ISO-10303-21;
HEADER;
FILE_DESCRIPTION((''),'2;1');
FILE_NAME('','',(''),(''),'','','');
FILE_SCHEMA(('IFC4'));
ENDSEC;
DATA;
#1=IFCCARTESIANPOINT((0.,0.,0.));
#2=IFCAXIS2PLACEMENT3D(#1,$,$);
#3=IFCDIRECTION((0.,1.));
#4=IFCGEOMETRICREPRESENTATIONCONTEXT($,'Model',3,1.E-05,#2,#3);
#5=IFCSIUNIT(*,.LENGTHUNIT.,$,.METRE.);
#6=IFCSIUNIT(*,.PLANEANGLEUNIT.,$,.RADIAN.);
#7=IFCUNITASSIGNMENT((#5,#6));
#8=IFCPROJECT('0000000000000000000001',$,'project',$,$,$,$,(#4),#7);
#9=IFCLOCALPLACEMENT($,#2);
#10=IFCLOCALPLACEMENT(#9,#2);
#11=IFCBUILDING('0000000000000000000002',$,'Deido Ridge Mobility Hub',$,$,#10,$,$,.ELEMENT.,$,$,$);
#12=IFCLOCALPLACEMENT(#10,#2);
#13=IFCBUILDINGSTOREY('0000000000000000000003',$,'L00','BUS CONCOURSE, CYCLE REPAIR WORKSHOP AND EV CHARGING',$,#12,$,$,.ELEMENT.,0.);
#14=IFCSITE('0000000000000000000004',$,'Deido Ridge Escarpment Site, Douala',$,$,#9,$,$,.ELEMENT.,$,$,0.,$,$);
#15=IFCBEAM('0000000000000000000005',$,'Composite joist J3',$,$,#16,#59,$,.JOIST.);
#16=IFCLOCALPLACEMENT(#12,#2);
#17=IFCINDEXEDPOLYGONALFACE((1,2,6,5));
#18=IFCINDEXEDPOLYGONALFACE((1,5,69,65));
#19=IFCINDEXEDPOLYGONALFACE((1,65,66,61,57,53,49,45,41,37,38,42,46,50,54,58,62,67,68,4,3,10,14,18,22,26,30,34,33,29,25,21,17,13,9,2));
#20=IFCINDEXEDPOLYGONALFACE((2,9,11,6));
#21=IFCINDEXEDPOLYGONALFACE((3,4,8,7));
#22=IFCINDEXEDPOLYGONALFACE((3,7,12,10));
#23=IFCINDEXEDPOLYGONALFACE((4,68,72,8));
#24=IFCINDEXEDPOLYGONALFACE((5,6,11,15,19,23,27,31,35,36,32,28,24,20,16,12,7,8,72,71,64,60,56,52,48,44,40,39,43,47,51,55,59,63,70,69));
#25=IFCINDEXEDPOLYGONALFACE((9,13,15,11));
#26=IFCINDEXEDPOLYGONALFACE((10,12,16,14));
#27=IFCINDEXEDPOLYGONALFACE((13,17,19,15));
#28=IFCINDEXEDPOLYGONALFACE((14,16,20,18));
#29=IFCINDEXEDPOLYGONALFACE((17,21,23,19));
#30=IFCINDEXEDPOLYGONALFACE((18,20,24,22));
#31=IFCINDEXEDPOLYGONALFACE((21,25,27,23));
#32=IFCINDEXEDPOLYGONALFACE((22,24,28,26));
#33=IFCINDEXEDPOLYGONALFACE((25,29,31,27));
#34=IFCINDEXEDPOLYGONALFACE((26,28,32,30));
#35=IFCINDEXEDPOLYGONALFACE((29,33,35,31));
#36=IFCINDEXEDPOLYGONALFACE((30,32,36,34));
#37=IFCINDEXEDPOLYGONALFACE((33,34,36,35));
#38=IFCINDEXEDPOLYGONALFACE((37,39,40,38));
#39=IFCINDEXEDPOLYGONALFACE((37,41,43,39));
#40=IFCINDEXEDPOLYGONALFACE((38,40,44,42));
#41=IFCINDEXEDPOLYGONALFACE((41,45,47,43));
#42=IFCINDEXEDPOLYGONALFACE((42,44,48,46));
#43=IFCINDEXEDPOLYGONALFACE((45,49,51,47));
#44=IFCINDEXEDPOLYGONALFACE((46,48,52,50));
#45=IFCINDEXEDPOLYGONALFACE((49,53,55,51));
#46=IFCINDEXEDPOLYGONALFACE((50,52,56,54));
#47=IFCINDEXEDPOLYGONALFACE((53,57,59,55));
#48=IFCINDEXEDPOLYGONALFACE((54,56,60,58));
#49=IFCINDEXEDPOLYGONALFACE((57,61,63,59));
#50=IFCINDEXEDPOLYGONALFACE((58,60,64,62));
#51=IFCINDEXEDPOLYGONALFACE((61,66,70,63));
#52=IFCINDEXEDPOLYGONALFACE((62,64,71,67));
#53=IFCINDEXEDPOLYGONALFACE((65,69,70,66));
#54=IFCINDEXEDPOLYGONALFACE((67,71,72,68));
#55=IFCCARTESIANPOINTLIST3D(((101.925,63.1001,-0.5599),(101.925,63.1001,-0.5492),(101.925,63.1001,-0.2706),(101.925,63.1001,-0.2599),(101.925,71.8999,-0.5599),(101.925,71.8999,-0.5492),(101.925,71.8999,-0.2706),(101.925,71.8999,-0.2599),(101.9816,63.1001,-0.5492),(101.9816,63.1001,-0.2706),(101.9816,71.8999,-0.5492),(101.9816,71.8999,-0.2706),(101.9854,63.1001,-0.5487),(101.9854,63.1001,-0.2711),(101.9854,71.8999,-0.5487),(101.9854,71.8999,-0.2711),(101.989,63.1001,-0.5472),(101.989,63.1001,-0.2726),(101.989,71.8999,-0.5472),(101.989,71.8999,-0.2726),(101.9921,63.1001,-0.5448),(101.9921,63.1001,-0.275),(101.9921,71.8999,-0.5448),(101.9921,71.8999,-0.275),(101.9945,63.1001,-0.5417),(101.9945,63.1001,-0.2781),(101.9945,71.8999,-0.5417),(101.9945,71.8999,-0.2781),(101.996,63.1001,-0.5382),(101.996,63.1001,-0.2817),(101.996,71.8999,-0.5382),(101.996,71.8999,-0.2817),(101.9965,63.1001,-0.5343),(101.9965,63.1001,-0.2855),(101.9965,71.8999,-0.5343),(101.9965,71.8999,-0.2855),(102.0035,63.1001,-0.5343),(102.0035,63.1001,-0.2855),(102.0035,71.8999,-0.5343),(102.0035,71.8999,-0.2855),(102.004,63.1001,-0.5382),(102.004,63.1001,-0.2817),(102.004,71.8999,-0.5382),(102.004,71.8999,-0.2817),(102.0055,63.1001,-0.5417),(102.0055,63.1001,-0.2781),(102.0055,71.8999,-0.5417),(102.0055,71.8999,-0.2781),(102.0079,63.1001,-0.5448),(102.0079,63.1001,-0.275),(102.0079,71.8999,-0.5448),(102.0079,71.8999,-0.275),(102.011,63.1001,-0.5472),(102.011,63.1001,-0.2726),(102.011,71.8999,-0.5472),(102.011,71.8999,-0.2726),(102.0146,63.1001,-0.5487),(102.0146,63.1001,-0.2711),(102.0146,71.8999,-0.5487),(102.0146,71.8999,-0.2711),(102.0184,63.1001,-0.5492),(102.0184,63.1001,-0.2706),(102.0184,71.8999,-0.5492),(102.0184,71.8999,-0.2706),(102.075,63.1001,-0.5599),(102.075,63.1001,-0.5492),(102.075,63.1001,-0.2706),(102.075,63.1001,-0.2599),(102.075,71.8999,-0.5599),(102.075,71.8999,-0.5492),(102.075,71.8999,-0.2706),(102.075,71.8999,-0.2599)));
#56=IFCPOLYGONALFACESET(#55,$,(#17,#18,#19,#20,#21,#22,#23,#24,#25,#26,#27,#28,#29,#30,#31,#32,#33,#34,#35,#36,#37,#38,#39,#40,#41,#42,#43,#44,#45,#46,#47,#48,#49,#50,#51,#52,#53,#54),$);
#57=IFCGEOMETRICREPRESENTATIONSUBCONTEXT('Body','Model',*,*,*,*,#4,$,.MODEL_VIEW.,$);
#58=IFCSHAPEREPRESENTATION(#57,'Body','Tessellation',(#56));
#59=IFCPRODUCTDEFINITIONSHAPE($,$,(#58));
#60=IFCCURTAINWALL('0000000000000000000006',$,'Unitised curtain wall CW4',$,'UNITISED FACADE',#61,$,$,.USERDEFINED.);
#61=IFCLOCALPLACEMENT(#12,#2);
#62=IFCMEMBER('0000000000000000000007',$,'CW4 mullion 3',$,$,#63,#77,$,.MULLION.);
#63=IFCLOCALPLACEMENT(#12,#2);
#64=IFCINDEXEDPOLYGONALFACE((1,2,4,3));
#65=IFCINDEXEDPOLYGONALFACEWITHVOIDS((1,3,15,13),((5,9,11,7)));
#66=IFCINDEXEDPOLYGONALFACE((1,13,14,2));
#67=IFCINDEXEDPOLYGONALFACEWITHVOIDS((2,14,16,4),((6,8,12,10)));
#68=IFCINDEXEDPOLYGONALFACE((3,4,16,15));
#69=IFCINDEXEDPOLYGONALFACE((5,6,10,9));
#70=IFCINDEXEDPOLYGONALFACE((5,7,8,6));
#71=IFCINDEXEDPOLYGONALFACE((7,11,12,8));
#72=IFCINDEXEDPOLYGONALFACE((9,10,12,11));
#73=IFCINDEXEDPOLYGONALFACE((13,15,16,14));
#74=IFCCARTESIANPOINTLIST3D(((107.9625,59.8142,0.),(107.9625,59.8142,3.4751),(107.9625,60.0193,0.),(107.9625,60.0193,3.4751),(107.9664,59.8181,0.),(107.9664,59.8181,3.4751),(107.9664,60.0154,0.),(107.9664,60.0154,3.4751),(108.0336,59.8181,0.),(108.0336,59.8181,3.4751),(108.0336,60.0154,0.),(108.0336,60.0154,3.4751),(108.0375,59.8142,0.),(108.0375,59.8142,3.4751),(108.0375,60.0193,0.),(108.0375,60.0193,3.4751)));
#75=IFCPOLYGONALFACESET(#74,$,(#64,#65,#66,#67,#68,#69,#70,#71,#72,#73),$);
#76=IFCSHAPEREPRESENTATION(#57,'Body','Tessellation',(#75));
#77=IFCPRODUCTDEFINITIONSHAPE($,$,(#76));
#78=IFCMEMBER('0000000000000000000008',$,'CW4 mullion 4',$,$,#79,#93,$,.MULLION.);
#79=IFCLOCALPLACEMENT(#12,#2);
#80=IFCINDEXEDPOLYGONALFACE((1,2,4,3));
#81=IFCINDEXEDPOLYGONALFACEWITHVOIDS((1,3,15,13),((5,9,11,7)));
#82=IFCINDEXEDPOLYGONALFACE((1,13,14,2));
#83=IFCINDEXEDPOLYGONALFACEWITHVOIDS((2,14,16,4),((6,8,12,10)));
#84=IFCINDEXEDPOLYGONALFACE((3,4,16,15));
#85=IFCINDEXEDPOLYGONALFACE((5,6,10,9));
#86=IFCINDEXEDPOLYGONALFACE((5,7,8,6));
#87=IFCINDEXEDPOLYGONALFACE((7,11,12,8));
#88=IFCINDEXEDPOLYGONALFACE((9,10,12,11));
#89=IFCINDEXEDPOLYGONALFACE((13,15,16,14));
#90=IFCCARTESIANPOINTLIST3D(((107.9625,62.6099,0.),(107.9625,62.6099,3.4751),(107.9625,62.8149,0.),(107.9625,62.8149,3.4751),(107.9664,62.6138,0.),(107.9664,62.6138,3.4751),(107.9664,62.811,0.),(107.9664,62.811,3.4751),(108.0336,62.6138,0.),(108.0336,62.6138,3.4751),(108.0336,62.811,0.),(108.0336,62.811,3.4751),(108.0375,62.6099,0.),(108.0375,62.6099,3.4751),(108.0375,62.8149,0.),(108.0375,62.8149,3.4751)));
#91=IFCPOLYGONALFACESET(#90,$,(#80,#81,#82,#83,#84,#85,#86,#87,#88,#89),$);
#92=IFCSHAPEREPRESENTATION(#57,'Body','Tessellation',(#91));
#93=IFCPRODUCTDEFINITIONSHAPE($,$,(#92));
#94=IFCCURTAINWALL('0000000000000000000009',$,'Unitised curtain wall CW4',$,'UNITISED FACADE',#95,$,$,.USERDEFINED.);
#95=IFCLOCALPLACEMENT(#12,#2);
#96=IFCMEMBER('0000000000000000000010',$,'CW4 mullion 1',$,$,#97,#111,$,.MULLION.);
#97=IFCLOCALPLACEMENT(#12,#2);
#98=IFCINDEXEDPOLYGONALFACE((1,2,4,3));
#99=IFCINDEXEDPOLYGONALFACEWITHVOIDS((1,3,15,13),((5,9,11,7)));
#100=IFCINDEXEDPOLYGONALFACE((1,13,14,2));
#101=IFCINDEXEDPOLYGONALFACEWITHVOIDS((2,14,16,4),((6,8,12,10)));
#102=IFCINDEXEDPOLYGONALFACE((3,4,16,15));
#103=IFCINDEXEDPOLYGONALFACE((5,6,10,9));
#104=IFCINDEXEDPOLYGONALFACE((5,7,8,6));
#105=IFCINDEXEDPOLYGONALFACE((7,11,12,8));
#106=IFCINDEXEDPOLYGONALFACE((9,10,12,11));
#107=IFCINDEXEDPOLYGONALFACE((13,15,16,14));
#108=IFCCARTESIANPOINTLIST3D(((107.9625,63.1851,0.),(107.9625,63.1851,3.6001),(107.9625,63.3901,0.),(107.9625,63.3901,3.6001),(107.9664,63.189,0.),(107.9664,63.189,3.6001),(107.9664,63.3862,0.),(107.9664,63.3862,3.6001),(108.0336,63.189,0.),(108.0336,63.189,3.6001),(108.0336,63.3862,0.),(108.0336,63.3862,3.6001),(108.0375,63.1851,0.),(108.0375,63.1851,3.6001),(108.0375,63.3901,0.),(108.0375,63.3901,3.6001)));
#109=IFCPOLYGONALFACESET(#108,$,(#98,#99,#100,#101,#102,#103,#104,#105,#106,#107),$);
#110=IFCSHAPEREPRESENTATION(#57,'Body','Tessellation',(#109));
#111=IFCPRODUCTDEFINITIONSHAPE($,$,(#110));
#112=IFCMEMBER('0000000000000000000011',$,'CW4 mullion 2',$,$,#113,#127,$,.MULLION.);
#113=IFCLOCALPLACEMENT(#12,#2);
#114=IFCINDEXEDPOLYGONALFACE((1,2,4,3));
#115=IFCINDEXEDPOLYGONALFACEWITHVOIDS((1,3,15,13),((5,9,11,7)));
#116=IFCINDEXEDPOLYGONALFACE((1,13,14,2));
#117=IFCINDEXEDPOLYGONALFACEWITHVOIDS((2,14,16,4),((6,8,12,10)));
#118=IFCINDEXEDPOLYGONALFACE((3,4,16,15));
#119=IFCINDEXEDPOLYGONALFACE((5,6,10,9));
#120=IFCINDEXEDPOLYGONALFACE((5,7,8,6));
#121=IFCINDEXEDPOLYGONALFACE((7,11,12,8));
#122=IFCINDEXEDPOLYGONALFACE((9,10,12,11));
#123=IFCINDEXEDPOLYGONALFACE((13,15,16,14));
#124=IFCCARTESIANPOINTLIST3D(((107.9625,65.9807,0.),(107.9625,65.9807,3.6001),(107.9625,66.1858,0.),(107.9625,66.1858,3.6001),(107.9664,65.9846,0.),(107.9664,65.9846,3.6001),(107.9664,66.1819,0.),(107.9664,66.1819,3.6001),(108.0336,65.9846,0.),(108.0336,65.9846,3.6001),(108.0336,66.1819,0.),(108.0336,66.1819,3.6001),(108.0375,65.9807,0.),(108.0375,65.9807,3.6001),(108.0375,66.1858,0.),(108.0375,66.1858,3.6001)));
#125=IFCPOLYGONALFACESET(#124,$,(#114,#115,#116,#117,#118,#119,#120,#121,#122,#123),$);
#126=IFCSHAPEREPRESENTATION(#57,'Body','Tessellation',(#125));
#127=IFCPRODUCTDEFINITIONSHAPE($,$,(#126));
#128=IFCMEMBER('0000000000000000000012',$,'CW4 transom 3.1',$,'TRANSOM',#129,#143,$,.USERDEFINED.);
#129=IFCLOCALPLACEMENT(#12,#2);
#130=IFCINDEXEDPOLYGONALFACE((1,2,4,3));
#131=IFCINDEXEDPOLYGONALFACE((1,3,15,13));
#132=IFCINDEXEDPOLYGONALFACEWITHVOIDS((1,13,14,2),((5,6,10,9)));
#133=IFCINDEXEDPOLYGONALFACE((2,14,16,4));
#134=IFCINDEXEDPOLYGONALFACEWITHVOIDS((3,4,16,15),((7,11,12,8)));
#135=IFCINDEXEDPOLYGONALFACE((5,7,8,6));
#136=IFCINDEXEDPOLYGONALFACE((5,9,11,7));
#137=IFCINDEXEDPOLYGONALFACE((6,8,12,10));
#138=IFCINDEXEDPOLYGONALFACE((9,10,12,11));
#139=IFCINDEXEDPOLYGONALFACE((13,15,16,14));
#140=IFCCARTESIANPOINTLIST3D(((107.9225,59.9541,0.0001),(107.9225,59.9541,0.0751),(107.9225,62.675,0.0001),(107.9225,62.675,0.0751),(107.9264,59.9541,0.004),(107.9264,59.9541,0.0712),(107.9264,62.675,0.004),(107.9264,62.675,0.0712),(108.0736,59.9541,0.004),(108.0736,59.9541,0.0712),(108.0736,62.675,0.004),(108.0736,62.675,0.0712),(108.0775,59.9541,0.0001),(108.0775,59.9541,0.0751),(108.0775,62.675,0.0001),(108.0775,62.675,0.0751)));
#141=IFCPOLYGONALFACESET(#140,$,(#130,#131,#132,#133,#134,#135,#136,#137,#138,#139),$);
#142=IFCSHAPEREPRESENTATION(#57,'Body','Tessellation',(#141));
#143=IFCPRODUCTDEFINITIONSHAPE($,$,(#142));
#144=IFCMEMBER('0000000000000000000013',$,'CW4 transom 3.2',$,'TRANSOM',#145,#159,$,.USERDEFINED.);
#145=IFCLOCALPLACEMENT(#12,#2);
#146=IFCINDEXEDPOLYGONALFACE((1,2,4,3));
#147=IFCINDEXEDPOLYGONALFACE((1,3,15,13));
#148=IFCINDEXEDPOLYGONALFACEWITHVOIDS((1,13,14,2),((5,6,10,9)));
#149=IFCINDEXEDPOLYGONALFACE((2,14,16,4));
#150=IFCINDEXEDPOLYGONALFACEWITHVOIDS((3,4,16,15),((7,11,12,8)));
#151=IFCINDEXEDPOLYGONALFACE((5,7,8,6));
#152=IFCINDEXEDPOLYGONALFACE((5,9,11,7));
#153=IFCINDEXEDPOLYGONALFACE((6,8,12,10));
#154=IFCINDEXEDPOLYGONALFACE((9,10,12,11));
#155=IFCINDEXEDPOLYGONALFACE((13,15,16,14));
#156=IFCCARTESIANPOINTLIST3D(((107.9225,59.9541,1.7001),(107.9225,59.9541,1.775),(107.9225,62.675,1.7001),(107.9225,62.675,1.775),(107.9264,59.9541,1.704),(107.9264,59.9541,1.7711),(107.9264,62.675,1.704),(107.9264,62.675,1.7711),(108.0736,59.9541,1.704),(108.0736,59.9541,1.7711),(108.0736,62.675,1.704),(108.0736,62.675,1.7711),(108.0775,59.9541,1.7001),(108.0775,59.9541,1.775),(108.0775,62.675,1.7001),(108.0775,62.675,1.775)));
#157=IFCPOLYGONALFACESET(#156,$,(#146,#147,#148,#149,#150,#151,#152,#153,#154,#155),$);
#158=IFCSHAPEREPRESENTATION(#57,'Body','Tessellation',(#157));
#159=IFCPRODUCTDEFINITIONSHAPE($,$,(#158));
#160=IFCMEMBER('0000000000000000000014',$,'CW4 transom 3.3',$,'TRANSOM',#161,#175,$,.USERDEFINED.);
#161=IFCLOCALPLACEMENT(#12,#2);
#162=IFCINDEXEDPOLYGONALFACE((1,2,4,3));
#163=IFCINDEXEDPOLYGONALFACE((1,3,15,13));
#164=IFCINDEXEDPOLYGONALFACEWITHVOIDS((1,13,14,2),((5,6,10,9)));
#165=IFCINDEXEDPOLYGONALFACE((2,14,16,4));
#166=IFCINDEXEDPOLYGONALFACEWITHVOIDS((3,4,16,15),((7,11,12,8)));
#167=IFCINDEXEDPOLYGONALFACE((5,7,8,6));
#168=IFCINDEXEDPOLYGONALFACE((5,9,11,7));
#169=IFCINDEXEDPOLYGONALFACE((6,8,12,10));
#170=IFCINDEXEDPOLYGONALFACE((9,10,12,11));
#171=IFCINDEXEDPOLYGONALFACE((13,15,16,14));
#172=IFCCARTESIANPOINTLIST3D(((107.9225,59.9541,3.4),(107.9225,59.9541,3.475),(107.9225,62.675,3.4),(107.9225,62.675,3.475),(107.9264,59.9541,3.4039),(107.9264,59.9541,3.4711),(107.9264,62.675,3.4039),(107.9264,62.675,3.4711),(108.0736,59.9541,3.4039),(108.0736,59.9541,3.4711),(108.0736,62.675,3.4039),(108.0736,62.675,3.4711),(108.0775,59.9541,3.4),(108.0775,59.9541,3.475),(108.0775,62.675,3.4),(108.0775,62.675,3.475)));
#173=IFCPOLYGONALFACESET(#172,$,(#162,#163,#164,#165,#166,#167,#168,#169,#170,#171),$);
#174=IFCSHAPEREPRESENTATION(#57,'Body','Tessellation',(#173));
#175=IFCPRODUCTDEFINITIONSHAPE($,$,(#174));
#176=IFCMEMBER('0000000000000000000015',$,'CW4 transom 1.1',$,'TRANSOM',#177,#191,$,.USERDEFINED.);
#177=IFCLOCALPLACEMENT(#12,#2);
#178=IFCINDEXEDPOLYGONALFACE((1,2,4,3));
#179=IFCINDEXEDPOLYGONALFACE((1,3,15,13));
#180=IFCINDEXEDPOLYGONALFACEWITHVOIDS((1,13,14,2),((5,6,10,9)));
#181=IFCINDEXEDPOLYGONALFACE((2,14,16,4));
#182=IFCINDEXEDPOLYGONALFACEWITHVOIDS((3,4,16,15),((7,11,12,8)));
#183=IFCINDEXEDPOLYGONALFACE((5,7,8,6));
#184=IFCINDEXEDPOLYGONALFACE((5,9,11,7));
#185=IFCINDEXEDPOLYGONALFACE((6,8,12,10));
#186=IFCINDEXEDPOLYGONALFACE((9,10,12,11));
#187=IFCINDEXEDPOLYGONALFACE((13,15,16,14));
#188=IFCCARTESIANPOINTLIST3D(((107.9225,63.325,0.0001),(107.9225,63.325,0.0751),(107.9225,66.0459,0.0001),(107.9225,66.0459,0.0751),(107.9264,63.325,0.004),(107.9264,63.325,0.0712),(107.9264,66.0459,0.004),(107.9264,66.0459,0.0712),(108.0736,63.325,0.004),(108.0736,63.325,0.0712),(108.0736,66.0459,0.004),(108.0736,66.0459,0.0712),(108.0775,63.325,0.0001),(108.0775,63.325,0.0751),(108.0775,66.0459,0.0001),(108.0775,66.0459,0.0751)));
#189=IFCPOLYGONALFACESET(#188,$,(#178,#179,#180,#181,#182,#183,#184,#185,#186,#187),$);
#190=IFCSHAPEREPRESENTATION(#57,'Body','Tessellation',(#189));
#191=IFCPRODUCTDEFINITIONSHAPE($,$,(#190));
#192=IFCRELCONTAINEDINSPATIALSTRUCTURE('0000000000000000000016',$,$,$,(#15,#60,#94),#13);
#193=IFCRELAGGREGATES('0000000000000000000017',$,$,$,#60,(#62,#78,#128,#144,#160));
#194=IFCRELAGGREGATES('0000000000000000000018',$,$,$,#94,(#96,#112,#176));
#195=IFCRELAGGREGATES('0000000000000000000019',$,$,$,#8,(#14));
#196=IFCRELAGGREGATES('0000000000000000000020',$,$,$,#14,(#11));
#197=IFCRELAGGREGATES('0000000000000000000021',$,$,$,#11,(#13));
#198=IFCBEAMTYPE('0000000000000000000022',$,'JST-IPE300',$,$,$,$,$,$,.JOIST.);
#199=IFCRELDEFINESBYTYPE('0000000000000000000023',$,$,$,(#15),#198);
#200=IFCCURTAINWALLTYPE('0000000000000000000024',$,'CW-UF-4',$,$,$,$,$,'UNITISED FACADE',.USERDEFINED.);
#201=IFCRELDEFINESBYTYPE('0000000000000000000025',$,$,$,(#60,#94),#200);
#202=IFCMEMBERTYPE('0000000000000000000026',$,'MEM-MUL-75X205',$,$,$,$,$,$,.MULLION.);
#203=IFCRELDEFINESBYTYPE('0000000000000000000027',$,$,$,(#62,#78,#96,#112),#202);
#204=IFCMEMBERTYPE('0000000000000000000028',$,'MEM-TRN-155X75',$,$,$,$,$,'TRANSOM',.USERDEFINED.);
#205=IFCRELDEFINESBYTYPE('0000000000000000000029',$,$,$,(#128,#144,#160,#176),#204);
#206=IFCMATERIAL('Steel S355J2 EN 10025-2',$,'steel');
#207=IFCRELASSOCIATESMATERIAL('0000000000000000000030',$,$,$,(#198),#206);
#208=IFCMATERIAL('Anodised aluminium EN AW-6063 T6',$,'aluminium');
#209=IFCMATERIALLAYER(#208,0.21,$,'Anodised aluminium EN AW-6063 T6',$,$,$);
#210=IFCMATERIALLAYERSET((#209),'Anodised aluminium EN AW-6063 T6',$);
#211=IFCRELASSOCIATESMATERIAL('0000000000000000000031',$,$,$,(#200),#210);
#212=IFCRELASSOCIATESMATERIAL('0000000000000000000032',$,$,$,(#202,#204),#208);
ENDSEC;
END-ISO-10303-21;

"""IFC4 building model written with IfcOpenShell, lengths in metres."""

from ifc_helpers import new_model, si_unit, direction, frame, origin, origin_2d, place, context, subcontext, project, spatial, hollow_rectangle, i_section, extrude, material, layer, layer_set, material_profile, profile_set, type_object, element, aggregate, save


model = new_model("IFC4")

# Units and contexts
model_context = context("Model", 3, precision=1e-05, world=origin(), true_north=direction((0.0, 1.0)))
body_context = subcontext(model_context, "Body", "Model", "MODEL_VIEW")
ifc_project = project(units=[si_unit("LENGTHUNIT", "METRE"), si_unit("PLANEANGLEUNIT", "RADIAN")], contexts=[model_context])

# Site, building, storey
site_placement = place(None, origin())
site = spatial("IfcSite", under=ifc_project, at=site_placement, Name="Deido Ridge Escarpment Site, Douala", CompositionType="ELEMENT", RefElevation=0.0)
building_placement = place(site_placement, origin())
building = spatial("IfcBuilding", under=site, at=building_placement, Name="Deido Ridge Mobility Hub", CompositionType="ELEMENT")
storey_placement = place(building_placement, origin())
storey = spatial("IfcBuildingStorey", under=building, at=storey_placement, Name="L00", Description="BUS CONCOURSE, CYCLE REPAIR WORKSHOP AND EV CHARGING", CompositionType="ELEMENT", Elevation=0.0)

# Shared definitions
ifc_material_1 = material(Name="Steel S355J2 EN 10025-2", Category="steel")

# Beam
ifc_material_profile_1 = material_profile(ifc_material_1, i_section(OverallWidth=0.1499, OverallDepth=0.3, WebThickness=0.0071, FlangeThickness=0.0107, FilletRadius=0.0149, at=origin_2d()), Name="IPE 300")
ifc_profile_set_1 = profile_set([ifc_material_profile_1], Name="Steel S355J2 EN 10025-2")
beam_type_1 = type_object("IfcBeamType", Name="JST-IPE300", PredefinedType="JOIST", material=ifc_profile_set_1)
beam_1_placement = place(storey_placement, frame((102.0, 63.1001, -0.4099), z_axis=(0.0, 1.0, 0.0), x_axis=(-1.0, 0.0, 0.0)))
element("IfcBeam", 1, at=beam_1_placement, inside=storey, type_object=beam_type_1, Name="Composite joist J3", PredefinedType="JOIST", context=body_context, shape_type="SweptSolid", body=[
    extrude(i_section(OverallWidth=0.1499, OverallDepth=0.3, WebThickness=0.0071, FlangeThickness=0.0107, FilletRadius=0.0149, at=origin_2d()), origin(), (0.0, 0.0, 1.0), 8.7998),
])

# Curtain walls, members
ifc_material_2 = material(Name="Anodised aluminium EN AW-6063 T6", Category="aluminium")
ifc_layer_1 = layer(ifc_material_2, 0.21, Name="Anodised aluminium EN AW-6063 T6")
ifc_layer_set_1 = layer_set([ifc_layer_1], Name="Anodised aluminium EN AW-6063 T6")
curtain_wall_type = type_object("IfcCurtainWallType", Name="CW-UF-4", ElementType="UNITISED FACADE", PredefinedType="USERDEFINED", material=ifc_layer_set_1)
curtain_wall_1_placement = place(storey_placement, origin())
curtain_wall_1 = element("IfcCurtainWall", 2, at=curtain_wall_1_placement, inside=storey, type_object=curtain_wall_type, Name="Unitised curtain wall CW4", ObjectType="UNITISED FACADE", PredefinedType="USERDEFINED")
ifc_material_profile_2 = material_profile(ifc_material_2, hollow_rectangle(XDim=0.075, YDim=0.2051, WallThickness=0.0039, at=origin_2d()), Name="RHS 75x205x4")
ifc_profile_set_2 = profile_set([ifc_material_profile_2], Name="Anodised aluminium EN AW-6063 T6")
member_type_1 = type_object("IfcMemberType", Name="MEM-MUL-75X205", PredefinedType="MULLION", material=ifc_profile_set_2)
member_1_placement = place(storey_placement, frame((108.0, 59.9167, 0.0), z_axis=(0.0, 0.0, 1.0), x_axis=(-1.0, 0.0, 0.0)))
member_1 = element("IfcMember", 3, at=member_1_placement, type_object=member_type_1, Name="CW4 mullion 3", PredefinedType="MULLION", context=body_context, shape_type="SweptSolid", body=[
    extrude(hollow_rectangle(XDim=0.075, YDim=0.2051, WallThickness=0.0039, at=origin_2d()), origin(), (0.0, 0.0, 1.0), 3.4751),
])
member_2_placement = place(storey_placement, frame((108.0, 62.7124, 0.0), z_axis=(0.0, 0.0, 1.0), x_axis=(-1.0, 0.0, 0.0)))
member_2 = element("IfcMember", 4, at=member_2_placement, type_object=member_type_1, Name="CW4 mullion 4", PredefinedType="MULLION", context=body_context, shape_type="SweptSolid", body=[
    extrude(hollow_rectangle(XDim=0.075, YDim=0.2051, WallThickness=0.0039, at=origin_2d()), origin(), (0.0, 0.0, 1.0), 3.4751),
])
curtain_wall_2_placement = place(storey_placement, origin())
curtain_wall_2 = element("IfcCurtainWall", 5, at=curtain_wall_2_placement, inside=storey, type_object=curtain_wall_type, Name="Unitised curtain wall CW4", ObjectType="UNITISED FACADE", PredefinedType="USERDEFINED")
member_3_placement = place(storey_placement, frame((108.0, 63.2876, 0.0), z_axis=(0.0, 0.0, 1.0), x_axis=(-1.0, 0.0, 0.0)))
member_3 = element("IfcMember", 6, at=member_3_placement, type_object=member_type_1, Name="CW4 mullion 1", PredefinedType="MULLION", context=body_context, shape_type="SweptSolid", body=[
    extrude(hollow_rectangle(XDim=0.075, YDim=0.2051, WallThickness=0.0039, at=origin_2d()), origin(), (0.0, 0.0, 1.0), 3.6001),
])
member_4_placement = place(storey_placement, frame((108.0, 66.0833, 0.0), z_axis=(0.0, 0.0, 1.0), x_axis=(-1.0, 0.0, 0.0)))
member_4 = element("IfcMember", 7, at=member_4_placement, type_object=member_type_1, Name="CW4 mullion 2", PredefinedType="MULLION", context=body_context, shape_type="SweptSolid", body=[
    extrude(hollow_rectangle(XDim=0.075, YDim=0.2051, WallThickness=0.0039, at=origin_2d()), origin(), (0.0, 0.0, 1.0), 3.6001),
])

# Members
ifc_material_profile_3 = material_profile(ifc_material_2, hollow_rectangle(XDim=0.155, YDim=0.075, WallThickness=0.0039, at=origin_2d()), Name="RHS 155x75x4")
ifc_profile_set_3 = profile_set([ifc_material_profile_3], Name="Anodised aluminium EN AW-6063 T6")
member_type_2 = type_object("IfcMemberType", Name="MEM-TRN-155X75", ElementType="TRANSOM", PredefinedType="USERDEFINED", material=ifc_profile_set_3)
member_5_placement = place(storey_placement, frame((108.0, 59.9541, 0.0376), z_axis=(0.0, 1.0, 0.0), x_axis=(-1.0, 0.0, 0.0)))
member_5 = element("IfcMember", 8, at=member_5_placement, type_object=member_type_2, Name="CW4 transom 3.1", ObjectType="TRANSOM", PredefinedType="USERDEFINED", context=body_context, shape_type="SweptSolid", body=[
    extrude(hollow_rectangle(XDim=0.155, YDim=0.075, WallThickness=0.0039, at=origin_2d()), origin(), (0.0, 0.0, 1.0), 2.7209),
])
member_6_placement = place(storey_placement, frame((108.0, 59.9541, 1.7375), z_axis=(0.0, 1.0, 0.0), x_axis=(-1.0, 0.0, 0.0)))
member_6 = element("IfcMember", 9, at=member_6_placement, type_object=member_type_2, Name="CW4 transom 3.2", ObjectType="TRANSOM", PredefinedType="USERDEFINED", context=body_context, shape_type="SweptSolid", body=[
    extrude(hollow_rectangle(XDim=0.155, YDim=0.075, WallThickness=0.0039, at=origin_2d()), origin(), (0.0, 0.0, 1.0), 2.7209),
])
member_7_placement = place(storey_placement, frame((108.0, 59.9541, 3.4375), z_axis=(0.0, 1.0, 0.0), x_axis=(-1.0, 0.0, 0.0)))
member_7 = element("IfcMember", 10, at=member_7_placement, type_object=member_type_2, Name="CW4 transom 3.3", ObjectType="TRANSOM", PredefinedType="USERDEFINED", context=body_context, shape_type="SweptSolid", body=[
    extrude(hollow_rectangle(XDim=0.155, YDim=0.075, WallThickness=0.0039, at=origin_2d()), origin(), (0.0, 0.0, 1.0), 2.7209),
])
member_8_placement = place(storey_placement, frame((108.0, 63.325, 0.0376), z_axis=(0.0, 1.0, 0.0), x_axis=(-1.0, 0.0, 0.0)))
member_8 = element("IfcMember", 11, at=member_8_placement, type_object=member_type_2, Name="CW4 transom 1.1", ObjectType="TRANSOM", PredefinedType="USERDEFINED", context=body_context, shape_type="SweptSolid", body=[
    extrude(hollow_rectangle(XDim=0.155, YDim=0.075, WallThickness=0.0039, at=origin_2d()), origin(), (0.0, 0.0, 1.0), 2.7209),
])

aggregate(curtain_wall_1, [member_1, member_2, member_5, member_6, member_7])
aggregate(curtain_wall_2, [member_3, member_4, member_8])

save(model, "model.ifc")
